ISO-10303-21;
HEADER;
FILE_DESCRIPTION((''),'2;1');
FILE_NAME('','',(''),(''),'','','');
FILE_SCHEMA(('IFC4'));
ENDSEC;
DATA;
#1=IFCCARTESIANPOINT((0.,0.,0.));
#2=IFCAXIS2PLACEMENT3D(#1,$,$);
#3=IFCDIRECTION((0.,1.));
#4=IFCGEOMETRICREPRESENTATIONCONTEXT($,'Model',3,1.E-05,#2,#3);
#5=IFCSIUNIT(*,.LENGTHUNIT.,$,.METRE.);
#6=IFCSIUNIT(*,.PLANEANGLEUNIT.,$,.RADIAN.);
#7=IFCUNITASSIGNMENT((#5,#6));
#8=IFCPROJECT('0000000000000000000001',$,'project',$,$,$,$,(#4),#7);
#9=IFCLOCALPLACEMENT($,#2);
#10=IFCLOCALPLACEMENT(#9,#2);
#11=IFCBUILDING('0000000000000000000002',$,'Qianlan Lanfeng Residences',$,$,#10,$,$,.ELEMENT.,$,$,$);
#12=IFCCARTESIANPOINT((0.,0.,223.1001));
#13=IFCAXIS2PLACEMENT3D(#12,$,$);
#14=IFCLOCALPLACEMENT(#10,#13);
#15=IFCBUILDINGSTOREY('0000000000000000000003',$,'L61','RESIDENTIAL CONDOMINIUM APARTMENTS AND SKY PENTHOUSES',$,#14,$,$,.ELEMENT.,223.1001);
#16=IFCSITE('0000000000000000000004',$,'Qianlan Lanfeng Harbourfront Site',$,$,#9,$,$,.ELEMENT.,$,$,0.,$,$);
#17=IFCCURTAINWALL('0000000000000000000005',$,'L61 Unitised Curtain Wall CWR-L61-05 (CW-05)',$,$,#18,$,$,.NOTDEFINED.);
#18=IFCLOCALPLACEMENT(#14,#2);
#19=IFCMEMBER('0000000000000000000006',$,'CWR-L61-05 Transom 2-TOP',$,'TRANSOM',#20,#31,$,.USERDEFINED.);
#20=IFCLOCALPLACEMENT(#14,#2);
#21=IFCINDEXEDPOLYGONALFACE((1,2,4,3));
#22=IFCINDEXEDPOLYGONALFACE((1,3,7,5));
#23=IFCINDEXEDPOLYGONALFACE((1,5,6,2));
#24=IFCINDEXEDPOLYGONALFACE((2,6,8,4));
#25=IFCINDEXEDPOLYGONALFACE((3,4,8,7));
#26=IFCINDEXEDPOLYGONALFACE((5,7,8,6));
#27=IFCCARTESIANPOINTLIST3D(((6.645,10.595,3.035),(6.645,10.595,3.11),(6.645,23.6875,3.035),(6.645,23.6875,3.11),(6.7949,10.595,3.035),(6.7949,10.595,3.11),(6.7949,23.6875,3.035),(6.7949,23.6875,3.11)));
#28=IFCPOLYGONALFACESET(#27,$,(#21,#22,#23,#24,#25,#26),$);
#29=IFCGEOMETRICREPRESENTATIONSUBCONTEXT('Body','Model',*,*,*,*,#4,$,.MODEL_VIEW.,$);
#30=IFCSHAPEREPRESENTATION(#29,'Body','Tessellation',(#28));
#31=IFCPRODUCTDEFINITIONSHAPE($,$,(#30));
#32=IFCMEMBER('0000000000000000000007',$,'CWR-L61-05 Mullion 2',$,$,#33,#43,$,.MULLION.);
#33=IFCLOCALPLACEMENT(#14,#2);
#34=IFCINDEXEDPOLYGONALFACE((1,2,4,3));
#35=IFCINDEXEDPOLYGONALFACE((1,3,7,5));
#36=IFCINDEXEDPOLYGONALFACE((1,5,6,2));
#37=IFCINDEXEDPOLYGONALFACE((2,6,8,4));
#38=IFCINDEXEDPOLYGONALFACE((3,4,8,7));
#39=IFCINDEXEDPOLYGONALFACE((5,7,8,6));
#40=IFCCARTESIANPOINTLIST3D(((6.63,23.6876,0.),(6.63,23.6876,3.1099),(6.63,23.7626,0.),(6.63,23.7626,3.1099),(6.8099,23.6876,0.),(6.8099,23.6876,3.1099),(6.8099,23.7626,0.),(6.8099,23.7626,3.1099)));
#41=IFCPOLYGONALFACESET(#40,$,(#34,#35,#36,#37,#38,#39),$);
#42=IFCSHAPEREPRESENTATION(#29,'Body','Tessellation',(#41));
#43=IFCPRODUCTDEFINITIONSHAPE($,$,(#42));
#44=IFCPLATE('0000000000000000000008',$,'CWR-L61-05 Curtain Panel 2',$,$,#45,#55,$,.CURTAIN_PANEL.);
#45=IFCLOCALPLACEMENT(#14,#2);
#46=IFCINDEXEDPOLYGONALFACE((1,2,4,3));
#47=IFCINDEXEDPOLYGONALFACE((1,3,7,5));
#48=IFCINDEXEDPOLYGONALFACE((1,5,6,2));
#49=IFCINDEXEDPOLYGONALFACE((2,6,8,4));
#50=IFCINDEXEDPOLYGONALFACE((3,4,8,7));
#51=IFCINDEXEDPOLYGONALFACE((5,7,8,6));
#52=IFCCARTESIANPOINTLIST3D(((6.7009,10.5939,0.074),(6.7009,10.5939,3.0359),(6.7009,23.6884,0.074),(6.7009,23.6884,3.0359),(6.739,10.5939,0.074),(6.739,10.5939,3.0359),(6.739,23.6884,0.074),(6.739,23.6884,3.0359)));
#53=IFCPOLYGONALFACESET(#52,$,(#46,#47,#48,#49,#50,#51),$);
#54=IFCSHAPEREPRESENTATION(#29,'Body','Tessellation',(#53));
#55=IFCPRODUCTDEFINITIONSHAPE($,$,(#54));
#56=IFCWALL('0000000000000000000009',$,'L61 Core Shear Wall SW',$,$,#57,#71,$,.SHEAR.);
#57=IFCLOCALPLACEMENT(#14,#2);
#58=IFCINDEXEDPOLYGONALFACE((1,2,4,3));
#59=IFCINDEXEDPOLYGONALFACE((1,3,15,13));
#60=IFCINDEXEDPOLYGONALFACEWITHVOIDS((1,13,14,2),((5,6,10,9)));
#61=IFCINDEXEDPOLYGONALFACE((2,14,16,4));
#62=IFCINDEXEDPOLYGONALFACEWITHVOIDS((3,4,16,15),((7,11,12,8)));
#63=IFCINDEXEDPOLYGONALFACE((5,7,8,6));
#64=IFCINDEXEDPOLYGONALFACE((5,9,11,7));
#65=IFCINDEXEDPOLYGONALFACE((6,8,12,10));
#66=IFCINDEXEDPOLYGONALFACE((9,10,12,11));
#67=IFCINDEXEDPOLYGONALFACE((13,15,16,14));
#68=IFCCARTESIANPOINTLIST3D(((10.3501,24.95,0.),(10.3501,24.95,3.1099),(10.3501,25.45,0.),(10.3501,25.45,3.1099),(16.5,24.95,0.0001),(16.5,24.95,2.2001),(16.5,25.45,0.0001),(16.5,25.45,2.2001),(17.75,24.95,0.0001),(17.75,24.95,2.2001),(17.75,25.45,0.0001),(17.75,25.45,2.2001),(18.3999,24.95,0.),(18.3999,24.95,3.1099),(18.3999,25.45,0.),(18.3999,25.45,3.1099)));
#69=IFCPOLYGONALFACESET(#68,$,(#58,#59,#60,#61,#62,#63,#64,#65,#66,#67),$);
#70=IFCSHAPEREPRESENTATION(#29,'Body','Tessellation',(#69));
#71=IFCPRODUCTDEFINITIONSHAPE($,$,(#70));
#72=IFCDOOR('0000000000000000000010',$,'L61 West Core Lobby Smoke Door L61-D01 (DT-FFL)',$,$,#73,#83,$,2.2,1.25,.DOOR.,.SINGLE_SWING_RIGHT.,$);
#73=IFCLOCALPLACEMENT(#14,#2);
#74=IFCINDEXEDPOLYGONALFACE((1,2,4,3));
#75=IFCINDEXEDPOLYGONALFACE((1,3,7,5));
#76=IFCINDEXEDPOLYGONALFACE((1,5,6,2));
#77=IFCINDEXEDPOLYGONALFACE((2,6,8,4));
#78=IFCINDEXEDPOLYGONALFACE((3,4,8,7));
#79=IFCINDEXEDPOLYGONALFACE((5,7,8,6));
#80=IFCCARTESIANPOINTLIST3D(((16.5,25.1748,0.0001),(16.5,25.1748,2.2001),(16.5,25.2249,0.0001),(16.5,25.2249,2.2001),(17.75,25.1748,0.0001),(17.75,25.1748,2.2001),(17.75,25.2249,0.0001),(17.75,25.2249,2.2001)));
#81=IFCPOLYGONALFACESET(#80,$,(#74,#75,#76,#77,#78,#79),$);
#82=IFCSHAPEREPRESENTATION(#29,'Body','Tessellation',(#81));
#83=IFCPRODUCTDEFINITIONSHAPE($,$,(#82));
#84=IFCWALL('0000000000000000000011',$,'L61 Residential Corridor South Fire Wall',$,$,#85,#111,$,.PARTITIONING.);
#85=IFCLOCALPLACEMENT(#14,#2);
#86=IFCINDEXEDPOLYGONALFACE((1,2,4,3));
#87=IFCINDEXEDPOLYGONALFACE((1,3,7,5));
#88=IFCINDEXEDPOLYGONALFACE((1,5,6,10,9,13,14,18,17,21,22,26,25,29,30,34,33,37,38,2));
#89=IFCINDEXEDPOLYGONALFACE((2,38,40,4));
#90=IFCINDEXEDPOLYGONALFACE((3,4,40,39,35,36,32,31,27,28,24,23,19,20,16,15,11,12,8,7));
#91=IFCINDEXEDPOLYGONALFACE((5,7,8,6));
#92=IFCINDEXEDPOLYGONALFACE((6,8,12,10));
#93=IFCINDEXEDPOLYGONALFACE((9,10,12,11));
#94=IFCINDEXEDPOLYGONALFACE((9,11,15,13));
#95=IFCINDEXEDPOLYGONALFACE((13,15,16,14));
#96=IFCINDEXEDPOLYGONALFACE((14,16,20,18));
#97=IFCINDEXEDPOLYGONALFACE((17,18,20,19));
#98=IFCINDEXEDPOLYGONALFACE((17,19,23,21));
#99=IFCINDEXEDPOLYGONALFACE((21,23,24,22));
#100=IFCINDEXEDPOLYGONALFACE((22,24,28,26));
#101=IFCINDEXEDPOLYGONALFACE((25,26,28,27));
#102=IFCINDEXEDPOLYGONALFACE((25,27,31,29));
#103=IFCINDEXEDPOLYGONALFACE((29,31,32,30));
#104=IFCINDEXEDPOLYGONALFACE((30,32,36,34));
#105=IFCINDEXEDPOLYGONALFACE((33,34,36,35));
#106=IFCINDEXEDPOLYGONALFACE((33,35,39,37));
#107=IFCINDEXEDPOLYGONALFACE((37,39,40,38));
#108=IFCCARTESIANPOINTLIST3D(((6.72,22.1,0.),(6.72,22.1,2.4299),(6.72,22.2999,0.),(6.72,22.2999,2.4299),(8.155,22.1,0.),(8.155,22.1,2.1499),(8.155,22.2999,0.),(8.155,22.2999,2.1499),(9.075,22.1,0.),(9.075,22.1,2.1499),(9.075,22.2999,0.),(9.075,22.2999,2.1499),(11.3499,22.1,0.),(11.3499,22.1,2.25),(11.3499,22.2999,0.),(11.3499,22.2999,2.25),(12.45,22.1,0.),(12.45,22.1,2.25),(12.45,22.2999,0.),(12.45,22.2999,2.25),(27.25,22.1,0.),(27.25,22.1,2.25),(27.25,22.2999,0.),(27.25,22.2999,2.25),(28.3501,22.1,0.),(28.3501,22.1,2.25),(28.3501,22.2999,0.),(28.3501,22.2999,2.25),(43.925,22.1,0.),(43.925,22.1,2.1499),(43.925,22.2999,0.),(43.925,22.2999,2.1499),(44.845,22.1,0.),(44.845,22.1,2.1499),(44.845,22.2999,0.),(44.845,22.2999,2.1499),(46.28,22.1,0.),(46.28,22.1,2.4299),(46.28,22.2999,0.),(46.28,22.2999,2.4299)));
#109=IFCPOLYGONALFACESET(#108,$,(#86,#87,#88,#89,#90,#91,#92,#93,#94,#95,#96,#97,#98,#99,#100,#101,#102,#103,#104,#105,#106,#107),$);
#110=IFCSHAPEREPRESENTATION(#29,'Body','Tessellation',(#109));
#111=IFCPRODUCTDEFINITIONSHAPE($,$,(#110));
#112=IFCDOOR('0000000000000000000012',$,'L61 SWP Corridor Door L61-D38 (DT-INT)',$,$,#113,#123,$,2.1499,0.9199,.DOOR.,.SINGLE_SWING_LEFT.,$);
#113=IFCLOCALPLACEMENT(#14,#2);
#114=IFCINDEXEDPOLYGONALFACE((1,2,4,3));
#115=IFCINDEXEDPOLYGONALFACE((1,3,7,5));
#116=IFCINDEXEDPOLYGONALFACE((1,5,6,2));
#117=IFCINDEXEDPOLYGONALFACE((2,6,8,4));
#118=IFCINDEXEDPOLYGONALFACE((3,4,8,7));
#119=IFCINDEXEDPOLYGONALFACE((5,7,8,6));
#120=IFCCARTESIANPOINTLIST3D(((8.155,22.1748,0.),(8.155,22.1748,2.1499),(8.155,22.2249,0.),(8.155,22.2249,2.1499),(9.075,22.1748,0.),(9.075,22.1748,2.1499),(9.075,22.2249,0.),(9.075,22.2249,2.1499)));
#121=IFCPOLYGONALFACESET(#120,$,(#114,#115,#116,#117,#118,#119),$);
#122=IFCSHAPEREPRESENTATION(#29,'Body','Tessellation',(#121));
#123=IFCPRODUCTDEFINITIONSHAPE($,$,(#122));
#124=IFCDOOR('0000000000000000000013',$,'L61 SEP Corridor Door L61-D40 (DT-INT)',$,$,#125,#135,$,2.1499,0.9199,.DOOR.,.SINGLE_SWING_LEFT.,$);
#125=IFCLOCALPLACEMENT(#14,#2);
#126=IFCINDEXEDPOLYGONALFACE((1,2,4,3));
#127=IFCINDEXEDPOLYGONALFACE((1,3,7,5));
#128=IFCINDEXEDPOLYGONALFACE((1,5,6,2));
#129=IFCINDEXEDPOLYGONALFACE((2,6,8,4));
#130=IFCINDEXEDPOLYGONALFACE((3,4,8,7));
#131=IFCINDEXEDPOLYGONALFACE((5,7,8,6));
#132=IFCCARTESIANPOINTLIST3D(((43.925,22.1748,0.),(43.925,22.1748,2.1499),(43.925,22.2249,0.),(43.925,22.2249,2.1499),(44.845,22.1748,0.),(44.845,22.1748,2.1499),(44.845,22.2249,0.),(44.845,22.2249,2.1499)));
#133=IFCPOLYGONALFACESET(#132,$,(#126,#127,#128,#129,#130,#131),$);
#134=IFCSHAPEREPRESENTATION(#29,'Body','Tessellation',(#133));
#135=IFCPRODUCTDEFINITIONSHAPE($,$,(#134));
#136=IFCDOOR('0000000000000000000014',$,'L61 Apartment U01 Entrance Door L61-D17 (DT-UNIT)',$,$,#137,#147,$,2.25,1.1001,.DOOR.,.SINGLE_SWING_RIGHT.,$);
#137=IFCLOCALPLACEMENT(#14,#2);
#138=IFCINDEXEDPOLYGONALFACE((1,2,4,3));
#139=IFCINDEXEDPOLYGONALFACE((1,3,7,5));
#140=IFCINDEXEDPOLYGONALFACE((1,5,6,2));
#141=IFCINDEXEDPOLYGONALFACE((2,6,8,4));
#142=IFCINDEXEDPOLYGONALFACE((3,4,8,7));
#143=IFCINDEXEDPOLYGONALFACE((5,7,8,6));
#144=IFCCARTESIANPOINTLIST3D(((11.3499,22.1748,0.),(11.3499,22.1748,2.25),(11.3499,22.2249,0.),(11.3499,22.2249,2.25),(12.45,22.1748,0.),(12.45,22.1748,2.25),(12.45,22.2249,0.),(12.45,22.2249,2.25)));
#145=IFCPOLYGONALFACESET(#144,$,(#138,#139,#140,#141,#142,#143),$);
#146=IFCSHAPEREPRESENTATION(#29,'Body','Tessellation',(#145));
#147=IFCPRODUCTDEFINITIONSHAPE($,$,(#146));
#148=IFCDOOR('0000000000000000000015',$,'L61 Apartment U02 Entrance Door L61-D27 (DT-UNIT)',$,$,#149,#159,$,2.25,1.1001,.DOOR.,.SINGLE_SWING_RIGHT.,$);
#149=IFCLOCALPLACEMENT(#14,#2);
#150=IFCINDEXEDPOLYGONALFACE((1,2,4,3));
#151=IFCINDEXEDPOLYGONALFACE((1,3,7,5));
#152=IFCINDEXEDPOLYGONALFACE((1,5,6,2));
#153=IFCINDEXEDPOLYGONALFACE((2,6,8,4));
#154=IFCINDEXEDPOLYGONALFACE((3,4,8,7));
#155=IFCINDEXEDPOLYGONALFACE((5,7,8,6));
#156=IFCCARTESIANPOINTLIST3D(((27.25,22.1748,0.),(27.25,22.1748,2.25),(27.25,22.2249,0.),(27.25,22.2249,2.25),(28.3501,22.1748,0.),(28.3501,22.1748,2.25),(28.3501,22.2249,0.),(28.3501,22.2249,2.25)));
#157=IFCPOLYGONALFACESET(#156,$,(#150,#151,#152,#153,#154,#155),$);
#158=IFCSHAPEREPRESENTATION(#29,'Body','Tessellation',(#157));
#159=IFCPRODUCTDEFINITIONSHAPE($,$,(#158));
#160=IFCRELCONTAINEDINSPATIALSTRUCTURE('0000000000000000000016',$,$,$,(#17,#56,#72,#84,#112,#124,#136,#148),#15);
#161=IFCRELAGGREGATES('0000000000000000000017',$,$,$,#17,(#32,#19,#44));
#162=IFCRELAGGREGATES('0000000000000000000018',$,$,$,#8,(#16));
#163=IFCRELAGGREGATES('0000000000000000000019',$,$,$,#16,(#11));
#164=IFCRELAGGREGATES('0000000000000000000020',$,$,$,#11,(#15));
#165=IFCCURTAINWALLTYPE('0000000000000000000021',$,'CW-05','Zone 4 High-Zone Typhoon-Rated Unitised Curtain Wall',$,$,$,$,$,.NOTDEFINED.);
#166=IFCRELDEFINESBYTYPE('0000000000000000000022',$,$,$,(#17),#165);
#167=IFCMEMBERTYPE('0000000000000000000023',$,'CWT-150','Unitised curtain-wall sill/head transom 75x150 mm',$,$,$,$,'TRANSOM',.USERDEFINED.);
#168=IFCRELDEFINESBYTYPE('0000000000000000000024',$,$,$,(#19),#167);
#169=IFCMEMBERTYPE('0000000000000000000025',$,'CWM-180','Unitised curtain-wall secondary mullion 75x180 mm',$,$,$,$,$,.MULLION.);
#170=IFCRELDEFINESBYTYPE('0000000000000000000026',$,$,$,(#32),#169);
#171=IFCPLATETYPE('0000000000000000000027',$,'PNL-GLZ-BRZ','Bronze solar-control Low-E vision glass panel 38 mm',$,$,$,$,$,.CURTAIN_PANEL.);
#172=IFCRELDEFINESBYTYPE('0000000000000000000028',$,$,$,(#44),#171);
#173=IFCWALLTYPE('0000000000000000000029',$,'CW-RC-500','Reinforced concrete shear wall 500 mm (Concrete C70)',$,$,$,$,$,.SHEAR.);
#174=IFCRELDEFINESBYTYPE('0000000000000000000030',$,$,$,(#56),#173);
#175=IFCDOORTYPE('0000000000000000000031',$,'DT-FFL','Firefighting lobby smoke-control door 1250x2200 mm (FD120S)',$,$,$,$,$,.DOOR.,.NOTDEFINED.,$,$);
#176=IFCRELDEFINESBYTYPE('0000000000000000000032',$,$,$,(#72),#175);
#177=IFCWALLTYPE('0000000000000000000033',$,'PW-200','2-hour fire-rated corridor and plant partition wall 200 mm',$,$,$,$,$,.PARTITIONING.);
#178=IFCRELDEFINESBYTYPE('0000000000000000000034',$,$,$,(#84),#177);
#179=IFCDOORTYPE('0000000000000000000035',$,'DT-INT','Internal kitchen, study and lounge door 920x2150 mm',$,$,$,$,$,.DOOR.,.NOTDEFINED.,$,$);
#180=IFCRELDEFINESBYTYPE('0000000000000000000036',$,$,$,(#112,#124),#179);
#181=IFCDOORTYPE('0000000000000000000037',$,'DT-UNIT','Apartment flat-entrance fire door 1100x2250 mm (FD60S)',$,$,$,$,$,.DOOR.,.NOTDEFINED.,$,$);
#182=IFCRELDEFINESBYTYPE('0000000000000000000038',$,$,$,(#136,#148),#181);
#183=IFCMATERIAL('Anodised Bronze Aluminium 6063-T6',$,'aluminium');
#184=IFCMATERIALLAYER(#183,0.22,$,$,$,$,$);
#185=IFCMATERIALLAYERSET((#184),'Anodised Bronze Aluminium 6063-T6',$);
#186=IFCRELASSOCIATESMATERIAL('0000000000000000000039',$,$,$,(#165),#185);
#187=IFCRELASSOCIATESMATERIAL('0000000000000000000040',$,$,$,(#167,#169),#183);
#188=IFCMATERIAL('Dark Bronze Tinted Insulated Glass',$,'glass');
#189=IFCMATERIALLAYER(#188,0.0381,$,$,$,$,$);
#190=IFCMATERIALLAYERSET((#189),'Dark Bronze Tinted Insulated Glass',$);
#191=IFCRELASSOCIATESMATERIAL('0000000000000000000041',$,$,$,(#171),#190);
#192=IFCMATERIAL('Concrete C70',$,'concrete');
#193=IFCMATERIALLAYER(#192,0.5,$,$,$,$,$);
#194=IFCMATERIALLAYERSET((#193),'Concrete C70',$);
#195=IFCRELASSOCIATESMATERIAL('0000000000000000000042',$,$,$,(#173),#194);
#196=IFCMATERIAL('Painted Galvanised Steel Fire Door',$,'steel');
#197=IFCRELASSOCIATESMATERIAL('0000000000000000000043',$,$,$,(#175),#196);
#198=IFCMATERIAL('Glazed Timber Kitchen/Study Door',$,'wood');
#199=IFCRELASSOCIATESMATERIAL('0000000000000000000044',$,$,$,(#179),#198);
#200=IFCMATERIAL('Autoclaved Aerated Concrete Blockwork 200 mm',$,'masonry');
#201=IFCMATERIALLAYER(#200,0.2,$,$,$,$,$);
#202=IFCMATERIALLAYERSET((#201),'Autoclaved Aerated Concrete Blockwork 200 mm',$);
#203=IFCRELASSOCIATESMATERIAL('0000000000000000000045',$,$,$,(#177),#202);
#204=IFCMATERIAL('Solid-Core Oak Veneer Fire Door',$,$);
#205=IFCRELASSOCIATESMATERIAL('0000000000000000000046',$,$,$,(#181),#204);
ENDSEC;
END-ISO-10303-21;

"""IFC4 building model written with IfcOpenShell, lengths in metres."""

from ifc_helpers import new_model, si_unit, direction, frame, frame_2d, origin, origin_2d, place, context, subcontext, project, spatial, rectangle, extrude, source, transform, mapped, material, layer, layer_set, material_profile, profile_set, type_object, element, fill, aggregate, save


model = new_model("IFC4")

# Units and contexts
model_context = context("Model", 3, precision=1e-05, world=origin(), true_north=direction((0.0, 1.0)))
body_context = subcontext(model_context, "Body", "Model", "MODEL_VIEW")
ifc_project = project(units=[si_unit("LENGTHUNIT", "METRE"), si_unit("PLANEANGLEUNIT", "RADIAN")], contexts=[model_context])

# Site, building, storey
site_placement = place(None, origin())
site = spatial("IfcSite", under=ifc_project, at=site_placement, Name="Qianlan Lanfeng Harbourfront Site", CompositionType="ELEMENT", RefElevation=0.0)
building_placement = place(site_placement, origin())
building = spatial("IfcBuilding", under=site, at=building_placement, Name="Qianlan Lanfeng Residences", CompositionType="ELEMENT")
storey_placement = place(building_placement, frame((0.0, 0.0, 223.1001)))
storey = spatial("IfcBuildingStorey", under=building, at=storey_placement, Name="L61", Description="RESIDENTIAL CONDOMINIUM APARTMENTS AND SKY PENTHOUSES", CompositionType="ELEMENT", Elevation=223.1001)

# Curtain wall, members, plate
ifc_material_1 = material(Name="Anodised Bronze Aluminium 6063-T6", Category="aluminium")
ifc_layer_1 = layer(ifc_material_1, 0.22)
ifc_layer_set_1 = layer_set([ifc_layer_1], Name="Anodised Bronze Aluminium 6063-T6")
curtain_wall_type = type_object("IfcCurtainWallType", Name="CW-05", Description="Zone 4 High-Zone Typhoon-Rated Unitised Curtain Wall", PredefinedType="NOTDEFINED", material=ifc_layer_set_1)
curtain_wall_placement = place(storey_placement, origin())
curtain_wall = element("IfcCurtainWall", 1, at=curtain_wall_placement, inside=storey, type_object=curtain_wall_type, Name="L61 Unitised Curtain Wall CWR-L61-05 (CW-05)", PredefinedType="NOTDEFINED")
ifc_material_profile_1 = material_profile(ifc_material_1, rectangle(XDim=0.075, YDim=0.1499, at=origin_2d()), Name="ALU TRANSOM 75x150")
ifc_profile_set_1 = profile_set([ifc_material_profile_1], Name="Anodised Bronze Aluminium 6063-T6")
member_type_1 = type_object("IfcMemberType", Name="CWT-150", Description="Unitised curtain-wall sill/head transom 75x150 mm", ElementType="TRANSOM", PredefinedType="USERDEFINED", material=ifc_profile_set_1)
shared_shape_1 = source(origin(), body_context, "Body", "SweptSolid", [
    extrude(rectangle(XDim=0.075, YDim=0.1499, at=origin_2d()), origin(), (0.0, 0.0, 1.0), 13.0925),
])
member_1_placement = place(storey_placement, frame((6.72, 23.6875, 3.0725), z_axis=(0.0, -1.0, 0.0), x_axis=(0.0, 0.0, 1.0)))
member_1 = element("IfcMember", 2, at=member_1_placement, type_object=member_type_1, Name="CWR-L61-05 Transom 2-TOP", ObjectType="TRANSOM", PredefinedType="USERDEFINED", context=body_context, shape_type="MappedRepresentation", body=[
    mapped(shared_shape_1, transform((0.0, 0.0, 0.0), scale=1.0)),
])
ifc_material_profile_2 = material_profile(ifc_material_1, rectangle(XDim=0.075, YDim=0.1799, at=origin_2d()), Name="ALU MULLION 75x180")
ifc_profile_set_2 = profile_set([ifc_material_profile_2], Name="Anodised Bronze Aluminium 6063-T6")
member_type_2 = type_object("IfcMemberType", Name="CWM-180", Description="Unitised curtain-wall secondary mullion 75x180 mm", PredefinedType="MULLION", material=ifc_profile_set_2)
shared_shape_2 = source(origin(), body_context, "Body", "SweptSolid", [
    extrude(rectangle(XDim=0.075, YDim=0.1799, at=origin_2d()), origin(), (0.0, 0.0, 1.0), 3.1099),
])
member_2_placement = place(storey_placement, frame((6.72, 23.7251, 0.0), z_axis=(0.0, 0.0, 1.0), x_axis=(0.0, -1.0, 0.0)))
member_2 = element("IfcMember", 3, at=member_2_placement, type_object=member_type_2, Name="CWR-L61-05 Mullion 2", PredefinedType="MULLION", context=body_context, shape_type="MappedRepresentation", body=[
    mapped(shared_shape_2, transform((0.0, 0.0, 0.0), scale=1.0)),
])
ifc_material_2 = material(Name="Dark Bronze Tinted Insulated Glass", Category="glass")
ifc_layer_2 = layer(ifc_material_2, 0.0381)
ifc_layer_set_2 = layer_set([ifc_layer_2], Name="Dark Bronze Tinted Insulated Glass")
plate_type = type_object("IfcPlateType", Name="PNL-GLZ-BRZ", Description="Bronze solar-control Low-E vision glass panel 38 mm", PredefinedType="CURTAIN_PANEL", material=ifc_layer_set_2)
shared_shape_3 = source(origin(), body_context, "Body", "SweptSolid", [
    extrude(rectangle(XDim=13.0945, YDim=0.0381, at=origin_2d()), origin(), (0.0, 0.0, 1.0), 2.9619),
])
plate_placement = place(storey_placement, frame((6.72, 17.1411, 0.074), z_axis=(0.0, 0.0, 1.0), x_axis=(0.0, -1.0, 0.0)))
plate = element("IfcPlate", 4, at=plate_placement, type_object=plate_type, Name="CWR-L61-05 Curtain Panel 2", PredefinedType="CURTAIN_PANEL", context=body_context, shape_type="MappedRepresentation", body=[
    mapped(shared_shape_3, transform((0.0, 0.0, 0.0), scale=1.0)),
])
aggregate(curtain_wall, [member_2, member_1, plate])

# Wall, opening, door
ifc_material_3 = material(Name="Concrete C70", Category="concrete")
ifc_layer_3 = layer(ifc_material_3, 0.5)
ifc_layer_set_3 = layer_set([ifc_layer_3], Name="Concrete C70")
wall_type_1 = type_object("IfcWallType", Name="CW-RC-500", Description="Reinforced concrete shear wall 500 mm (Concrete C70)", PredefinedType="SHEAR", material=ifc_layer_set_3)
wall_1_placement = place(storey_placement, frame((10.3501, 25.2, 0.0), z_axis=(0.0, 0.0, 1.0), x_axis=(1.0, 0.0, 0.0)))
wall_1 = element("IfcWall", 5, at=wall_1_placement, inside=storey, type_object=wall_type_1, Name="L61 Core Shear Wall SW", PredefinedType="SHEAR", context=body_context, shape_type="SweptSolid", body=[
    extrude(rectangle(XDim=8.0498, YDim=0.5, at=frame_2d((4.0249, 0.0))), origin(), (0.0, 0.0, 1.0), 3.1099),
])
opening_1_placement = place(wall_1_placement, frame((6.1499, 0.0, 0.0)))
opening_1 = element("IfcOpeningElement", 6, at=opening_1_placement, cuts=wall_1, PredefinedType="OPENING", context=body_context, shape_type="SweptSolid", body=[
    extrude(rectangle(XDim=1.25, YDim=2.2, at=frame_2d((0.625, 1.1001))), frame((0.0, 0.26, 0.0), z_axis=(0.0, -1.0, 0.0), x_axis=(1.0, 0.0, 0.0)), (0.0, 0.0, 1.0), 0.52),
])
ifc_material_4 = material(Name="Painted Galvanised Steel Fire Door", Category="steel")
door_type_1 = type_object("IfcDoorType", Name="DT-FFL", Description="Firefighting lobby smoke-control door 1250x2200 mm (FD120S)", OperationType="NOTDEFINED", PredefinedType="DOOR", material=ifc_material_4)
door_1_placement = place(opening_1_placement, origin())
door_1 = element("IfcDoor", 7, at=door_1_placement, inside=storey, type_object=door_type_1, Name="L61 West Core Lobby Smoke Door L61-D01 (DT-FFL)", OperationType="SINGLE_SWING_RIGHT", OverallHeight=2.2, OverallWidth=1.25, PredefinedType="DOOR", context=body_context, shape_type="SweptSolid", body=[
    extrude(rectangle(XDim=1.25, YDim=2.2, at=frame_2d((0.625, 1.1001))), frame((0.0, 0.0249, 0.0), z_axis=(0.0, -1.0, 0.0), x_axis=(1.0, 0.0, 0.0)), (0.0, 0.0, 1.0), 0.05),
])
fill(opening_1, door_1)
ifc_material_5 = material(Name="Glazed Timber Kitchen/Study Door", Category="wood")
door_type_2 = type_object("IfcDoorType", Name="DT-INT", Description="Internal kitchen, study and lounge door 920x2150 mm", OperationType="NOTDEFINED", PredefinedType="DOOR", material=ifc_material_5)

# Wall, openings, doors
ifc_material_6 = material(Name="Autoclaved Aerated Concrete Blockwork 200 mm", Category="masonry")
ifc_layer_4 = layer(ifc_material_6, 0.2)
ifc_layer_set_4 = layer_set([ifc_layer_4], Name="Autoclaved Aerated Concrete Blockwork 200 mm")
wall_type_2 = type_object("IfcWallType", Name="PW-200", Description="2-hour fire-rated corridor and plant partition wall 200 mm", PredefinedType="PARTITIONING", material=ifc_layer_set_4)
wall_2_placement = place(storey_placement, frame((6.72, 22.2, 0.0), z_axis=(0.0, 0.0, 1.0), x_axis=(1.0, 0.0, 0.0)))
wall_2 = element("IfcWall", 8, at=wall_2_placement, inside=storey, type_object=wall_type_2, Name="L61 Residential Corridor South Fire Wall", PredefinedType="PARTITIONING", context=body_context, shape_type="SweptSolid", body=[
    extrude(rectangle(XDim=39.5601, YDim=0.2, at=frame_2d((19.78, 0.0))), origin(), (0.0, 0.0, 1.0), 2.4299),
])
opening_2_placement = place(wall_2_placement, frame((4.6299, 0.0, 0.0)))
opening_2 = element("IfcOpeningElement", 9, at=opening_2_placement, cuts=wall_2, PredefinedType="OPENING", context=body_context, shape_type="SweptSolid", body=[
    extrude(rectangle(XDim=1.1001, YDim=2.25, at=frame_2d((0.55, 1.125))), frame((0.0, 0.1099, 0.0), z_axis=(0.0, -1.0, 0.0), x_axis=(1.0, 0.0, 0.0)), (0.0, 0.0, 1.0), 0.22),
])
opening_3_placement = place(wall_2_placement, frame((20.53, 0.0, 0.0)))
opening_3 = element("IfcOpeningElement", 10, at=opening_3_placement, cuts=wall_2, PredefinedType="OPENING", context=body_context, shape_type="SweptSolid", body=[
    extrude(rectangle(XDim=1.1001, YDim=2.25, at=frame_2d((0.55, 1.125))), frame((0.0, 0.1099, 0.0), z_axis=(0.0, -1.0, 0.0), x_axis=(1.0, 0.0, 0.0)), (0.0, 0.0, 1.0), 0.22),
])
opening_4_placement = place(wall_2_placement, frame((1.4351, 0.0, 0.0)))
opening_4 = element("IfcOpeningElement", 11, at=opening_4_placement, cuts=wall_2, PredefinedType="OPENING", context=body_context, shape_type="SweptSolid", body=[
    extrude(rectangle(XDim=0.9199, YDim=2.1499, at=frame_2d((0.46, 1.075))), frame((0.0, 0.1099, 0.0), z_axis=(0.0, -1.0, 0.0), x_axis=(1.0, 0.0, 0.0)), (0.0, 0.0, 1.0), 0.22),
])
opening_5_placement = place(wall_2_placement, frame((37.2051, 0.0, 0.0)))
opening_5 = element("IfcOpeningElement", 12, at=opening_5_placement, cuts=wall_2, PredefinedType="OPENING", context=body_context, shape_type="SweptSolid", body=[
    extrude(rectangle(XDim=0.9199, YDim=2.1499, at=frame_2d((0.46, 1.075))), frame((0.0, 0.1099, 0.0), z_axis=(0.0, -1.0, 0.0), x_axis=(1.0, 0.0, 0.0)), (0.0, 0.0, 1.0), 0.22),
])
door_2_placement = place(opening_4_placement, origin())
door_2 = element("IfcDoor", 13, at=door_2_placement, inside=storey, type_object=door_type_2, Name="L61 SWP Corridor Door L61-D38 (DT-INT)", OperationType="SINGLE_SWING_LEFT", OverallHeight=2.1499, OverallWidth=0.9199, PredefinedType="DOOR", context=body_context, shape_type="SweptSolid", body=[
    extrude(rectangle(XDim=0.9199, YDim=2.1499, at=frame_2d((0.46, 1.075))), frame((0.0, 0.0249, 0.0), z_axis=(0.0, -1.0, 0.0), x_axis=(1.0, 0.0, 0.0)), (0.0, 0.0, 1.0), 0.05),
])
fill(opening_4, door_2)
door_3_placement = place(opening_5_placement, origin())
door_3 = element("IfcDoor", 14, at=door_3_placement, inside=storey, type_object=door_type_2, Name="L61 SEP Corridor Door L61-D40 (DT-INT)", OperationType="SINGLE_SWING_LEFT", OverallHeight=2.1499, OverallWidth=0.9199, PredefinedType="DOOR", context=body_context, shape_type="SweptSolid", body=[
    extrude(rectangle(XDim=0.9199, YDim=2.1499, at=frame_2d((0.46, 1.075))), frame((0.0, 0.0249, 0.0), z_axis=(0.0, -1.0, 0.0), x_axis=(1.0, 0.0, 0.0)), (0.0, 0.0, 1.0), 0.05),
])
fill(opening_5, door_3)
ifc_material_7 = material(Name="Solid-Core Oak Veneer Fire Door")
door_type_3 = type_object("IfcDoorType", Name="DT-UNIT", Description="Apartment flat-entrance fire door 1100x2250 mm (FD60S)", OperationType="NOTDEFINED", PredefinedType="DOOR", material=ifc_material_7)
door_4_placement = place(opening_2_placement, origin())
door_4 = element("IfcDoor", 15, at=door_4_placement, inside=storey, type_object=door_type_3, Name="L61 Apartment U01 Entrance Door L61-D17 (DT-UNIT)", OperationType="SINGLE_SWING_RIGHT", OverallHeight=2.25, OverallWidth=1.1001, PredefinedType="DOOR", context=body_context, shape_type="SweptSolid", body=[
    extrude(rectangle(XDim=1.1001, YDim=2.25, at=frame_2d((0.55, 1.125))), frame((0.0, 0.0249, 0.0), z_axis=(0.0, -1.0, 0.0), x_axis=(1.0, 0.0, 0.0)), (0.0, 0.0, 1.0), 0.05),
])
fill(opening_2, door_4)
door_5_placement = place(opening_3_placement, origin())
door_5 = element("IfcDoor", 16, at=door_5_placement, inside=storey, type_object=door_type_3, Name="L61 Apartment U02 Entrance Door L61-D27 (DT-UNIT)", OperationType="SINGLE_SWING_RIGHT", OverallHeight=2.25, OverallWidth=1.1001, PredefinedType="DOOR", context=body_context, shape_type="SweptSolid", body=[
    extrude(rectangle(XDim=1.1001, YDim=2.25, at=frame_2d((0.55, 1.125))), frame((0.0, 0.0249, 0.0), z_axis=(0.0, -1.0, 0.0), x_axis=(1.0, 0.0, 0.0)), (0.0, 0.0, 1.0), 0.05),
])
fill(opening_3, door_5)

save(model, "model.ifc")
